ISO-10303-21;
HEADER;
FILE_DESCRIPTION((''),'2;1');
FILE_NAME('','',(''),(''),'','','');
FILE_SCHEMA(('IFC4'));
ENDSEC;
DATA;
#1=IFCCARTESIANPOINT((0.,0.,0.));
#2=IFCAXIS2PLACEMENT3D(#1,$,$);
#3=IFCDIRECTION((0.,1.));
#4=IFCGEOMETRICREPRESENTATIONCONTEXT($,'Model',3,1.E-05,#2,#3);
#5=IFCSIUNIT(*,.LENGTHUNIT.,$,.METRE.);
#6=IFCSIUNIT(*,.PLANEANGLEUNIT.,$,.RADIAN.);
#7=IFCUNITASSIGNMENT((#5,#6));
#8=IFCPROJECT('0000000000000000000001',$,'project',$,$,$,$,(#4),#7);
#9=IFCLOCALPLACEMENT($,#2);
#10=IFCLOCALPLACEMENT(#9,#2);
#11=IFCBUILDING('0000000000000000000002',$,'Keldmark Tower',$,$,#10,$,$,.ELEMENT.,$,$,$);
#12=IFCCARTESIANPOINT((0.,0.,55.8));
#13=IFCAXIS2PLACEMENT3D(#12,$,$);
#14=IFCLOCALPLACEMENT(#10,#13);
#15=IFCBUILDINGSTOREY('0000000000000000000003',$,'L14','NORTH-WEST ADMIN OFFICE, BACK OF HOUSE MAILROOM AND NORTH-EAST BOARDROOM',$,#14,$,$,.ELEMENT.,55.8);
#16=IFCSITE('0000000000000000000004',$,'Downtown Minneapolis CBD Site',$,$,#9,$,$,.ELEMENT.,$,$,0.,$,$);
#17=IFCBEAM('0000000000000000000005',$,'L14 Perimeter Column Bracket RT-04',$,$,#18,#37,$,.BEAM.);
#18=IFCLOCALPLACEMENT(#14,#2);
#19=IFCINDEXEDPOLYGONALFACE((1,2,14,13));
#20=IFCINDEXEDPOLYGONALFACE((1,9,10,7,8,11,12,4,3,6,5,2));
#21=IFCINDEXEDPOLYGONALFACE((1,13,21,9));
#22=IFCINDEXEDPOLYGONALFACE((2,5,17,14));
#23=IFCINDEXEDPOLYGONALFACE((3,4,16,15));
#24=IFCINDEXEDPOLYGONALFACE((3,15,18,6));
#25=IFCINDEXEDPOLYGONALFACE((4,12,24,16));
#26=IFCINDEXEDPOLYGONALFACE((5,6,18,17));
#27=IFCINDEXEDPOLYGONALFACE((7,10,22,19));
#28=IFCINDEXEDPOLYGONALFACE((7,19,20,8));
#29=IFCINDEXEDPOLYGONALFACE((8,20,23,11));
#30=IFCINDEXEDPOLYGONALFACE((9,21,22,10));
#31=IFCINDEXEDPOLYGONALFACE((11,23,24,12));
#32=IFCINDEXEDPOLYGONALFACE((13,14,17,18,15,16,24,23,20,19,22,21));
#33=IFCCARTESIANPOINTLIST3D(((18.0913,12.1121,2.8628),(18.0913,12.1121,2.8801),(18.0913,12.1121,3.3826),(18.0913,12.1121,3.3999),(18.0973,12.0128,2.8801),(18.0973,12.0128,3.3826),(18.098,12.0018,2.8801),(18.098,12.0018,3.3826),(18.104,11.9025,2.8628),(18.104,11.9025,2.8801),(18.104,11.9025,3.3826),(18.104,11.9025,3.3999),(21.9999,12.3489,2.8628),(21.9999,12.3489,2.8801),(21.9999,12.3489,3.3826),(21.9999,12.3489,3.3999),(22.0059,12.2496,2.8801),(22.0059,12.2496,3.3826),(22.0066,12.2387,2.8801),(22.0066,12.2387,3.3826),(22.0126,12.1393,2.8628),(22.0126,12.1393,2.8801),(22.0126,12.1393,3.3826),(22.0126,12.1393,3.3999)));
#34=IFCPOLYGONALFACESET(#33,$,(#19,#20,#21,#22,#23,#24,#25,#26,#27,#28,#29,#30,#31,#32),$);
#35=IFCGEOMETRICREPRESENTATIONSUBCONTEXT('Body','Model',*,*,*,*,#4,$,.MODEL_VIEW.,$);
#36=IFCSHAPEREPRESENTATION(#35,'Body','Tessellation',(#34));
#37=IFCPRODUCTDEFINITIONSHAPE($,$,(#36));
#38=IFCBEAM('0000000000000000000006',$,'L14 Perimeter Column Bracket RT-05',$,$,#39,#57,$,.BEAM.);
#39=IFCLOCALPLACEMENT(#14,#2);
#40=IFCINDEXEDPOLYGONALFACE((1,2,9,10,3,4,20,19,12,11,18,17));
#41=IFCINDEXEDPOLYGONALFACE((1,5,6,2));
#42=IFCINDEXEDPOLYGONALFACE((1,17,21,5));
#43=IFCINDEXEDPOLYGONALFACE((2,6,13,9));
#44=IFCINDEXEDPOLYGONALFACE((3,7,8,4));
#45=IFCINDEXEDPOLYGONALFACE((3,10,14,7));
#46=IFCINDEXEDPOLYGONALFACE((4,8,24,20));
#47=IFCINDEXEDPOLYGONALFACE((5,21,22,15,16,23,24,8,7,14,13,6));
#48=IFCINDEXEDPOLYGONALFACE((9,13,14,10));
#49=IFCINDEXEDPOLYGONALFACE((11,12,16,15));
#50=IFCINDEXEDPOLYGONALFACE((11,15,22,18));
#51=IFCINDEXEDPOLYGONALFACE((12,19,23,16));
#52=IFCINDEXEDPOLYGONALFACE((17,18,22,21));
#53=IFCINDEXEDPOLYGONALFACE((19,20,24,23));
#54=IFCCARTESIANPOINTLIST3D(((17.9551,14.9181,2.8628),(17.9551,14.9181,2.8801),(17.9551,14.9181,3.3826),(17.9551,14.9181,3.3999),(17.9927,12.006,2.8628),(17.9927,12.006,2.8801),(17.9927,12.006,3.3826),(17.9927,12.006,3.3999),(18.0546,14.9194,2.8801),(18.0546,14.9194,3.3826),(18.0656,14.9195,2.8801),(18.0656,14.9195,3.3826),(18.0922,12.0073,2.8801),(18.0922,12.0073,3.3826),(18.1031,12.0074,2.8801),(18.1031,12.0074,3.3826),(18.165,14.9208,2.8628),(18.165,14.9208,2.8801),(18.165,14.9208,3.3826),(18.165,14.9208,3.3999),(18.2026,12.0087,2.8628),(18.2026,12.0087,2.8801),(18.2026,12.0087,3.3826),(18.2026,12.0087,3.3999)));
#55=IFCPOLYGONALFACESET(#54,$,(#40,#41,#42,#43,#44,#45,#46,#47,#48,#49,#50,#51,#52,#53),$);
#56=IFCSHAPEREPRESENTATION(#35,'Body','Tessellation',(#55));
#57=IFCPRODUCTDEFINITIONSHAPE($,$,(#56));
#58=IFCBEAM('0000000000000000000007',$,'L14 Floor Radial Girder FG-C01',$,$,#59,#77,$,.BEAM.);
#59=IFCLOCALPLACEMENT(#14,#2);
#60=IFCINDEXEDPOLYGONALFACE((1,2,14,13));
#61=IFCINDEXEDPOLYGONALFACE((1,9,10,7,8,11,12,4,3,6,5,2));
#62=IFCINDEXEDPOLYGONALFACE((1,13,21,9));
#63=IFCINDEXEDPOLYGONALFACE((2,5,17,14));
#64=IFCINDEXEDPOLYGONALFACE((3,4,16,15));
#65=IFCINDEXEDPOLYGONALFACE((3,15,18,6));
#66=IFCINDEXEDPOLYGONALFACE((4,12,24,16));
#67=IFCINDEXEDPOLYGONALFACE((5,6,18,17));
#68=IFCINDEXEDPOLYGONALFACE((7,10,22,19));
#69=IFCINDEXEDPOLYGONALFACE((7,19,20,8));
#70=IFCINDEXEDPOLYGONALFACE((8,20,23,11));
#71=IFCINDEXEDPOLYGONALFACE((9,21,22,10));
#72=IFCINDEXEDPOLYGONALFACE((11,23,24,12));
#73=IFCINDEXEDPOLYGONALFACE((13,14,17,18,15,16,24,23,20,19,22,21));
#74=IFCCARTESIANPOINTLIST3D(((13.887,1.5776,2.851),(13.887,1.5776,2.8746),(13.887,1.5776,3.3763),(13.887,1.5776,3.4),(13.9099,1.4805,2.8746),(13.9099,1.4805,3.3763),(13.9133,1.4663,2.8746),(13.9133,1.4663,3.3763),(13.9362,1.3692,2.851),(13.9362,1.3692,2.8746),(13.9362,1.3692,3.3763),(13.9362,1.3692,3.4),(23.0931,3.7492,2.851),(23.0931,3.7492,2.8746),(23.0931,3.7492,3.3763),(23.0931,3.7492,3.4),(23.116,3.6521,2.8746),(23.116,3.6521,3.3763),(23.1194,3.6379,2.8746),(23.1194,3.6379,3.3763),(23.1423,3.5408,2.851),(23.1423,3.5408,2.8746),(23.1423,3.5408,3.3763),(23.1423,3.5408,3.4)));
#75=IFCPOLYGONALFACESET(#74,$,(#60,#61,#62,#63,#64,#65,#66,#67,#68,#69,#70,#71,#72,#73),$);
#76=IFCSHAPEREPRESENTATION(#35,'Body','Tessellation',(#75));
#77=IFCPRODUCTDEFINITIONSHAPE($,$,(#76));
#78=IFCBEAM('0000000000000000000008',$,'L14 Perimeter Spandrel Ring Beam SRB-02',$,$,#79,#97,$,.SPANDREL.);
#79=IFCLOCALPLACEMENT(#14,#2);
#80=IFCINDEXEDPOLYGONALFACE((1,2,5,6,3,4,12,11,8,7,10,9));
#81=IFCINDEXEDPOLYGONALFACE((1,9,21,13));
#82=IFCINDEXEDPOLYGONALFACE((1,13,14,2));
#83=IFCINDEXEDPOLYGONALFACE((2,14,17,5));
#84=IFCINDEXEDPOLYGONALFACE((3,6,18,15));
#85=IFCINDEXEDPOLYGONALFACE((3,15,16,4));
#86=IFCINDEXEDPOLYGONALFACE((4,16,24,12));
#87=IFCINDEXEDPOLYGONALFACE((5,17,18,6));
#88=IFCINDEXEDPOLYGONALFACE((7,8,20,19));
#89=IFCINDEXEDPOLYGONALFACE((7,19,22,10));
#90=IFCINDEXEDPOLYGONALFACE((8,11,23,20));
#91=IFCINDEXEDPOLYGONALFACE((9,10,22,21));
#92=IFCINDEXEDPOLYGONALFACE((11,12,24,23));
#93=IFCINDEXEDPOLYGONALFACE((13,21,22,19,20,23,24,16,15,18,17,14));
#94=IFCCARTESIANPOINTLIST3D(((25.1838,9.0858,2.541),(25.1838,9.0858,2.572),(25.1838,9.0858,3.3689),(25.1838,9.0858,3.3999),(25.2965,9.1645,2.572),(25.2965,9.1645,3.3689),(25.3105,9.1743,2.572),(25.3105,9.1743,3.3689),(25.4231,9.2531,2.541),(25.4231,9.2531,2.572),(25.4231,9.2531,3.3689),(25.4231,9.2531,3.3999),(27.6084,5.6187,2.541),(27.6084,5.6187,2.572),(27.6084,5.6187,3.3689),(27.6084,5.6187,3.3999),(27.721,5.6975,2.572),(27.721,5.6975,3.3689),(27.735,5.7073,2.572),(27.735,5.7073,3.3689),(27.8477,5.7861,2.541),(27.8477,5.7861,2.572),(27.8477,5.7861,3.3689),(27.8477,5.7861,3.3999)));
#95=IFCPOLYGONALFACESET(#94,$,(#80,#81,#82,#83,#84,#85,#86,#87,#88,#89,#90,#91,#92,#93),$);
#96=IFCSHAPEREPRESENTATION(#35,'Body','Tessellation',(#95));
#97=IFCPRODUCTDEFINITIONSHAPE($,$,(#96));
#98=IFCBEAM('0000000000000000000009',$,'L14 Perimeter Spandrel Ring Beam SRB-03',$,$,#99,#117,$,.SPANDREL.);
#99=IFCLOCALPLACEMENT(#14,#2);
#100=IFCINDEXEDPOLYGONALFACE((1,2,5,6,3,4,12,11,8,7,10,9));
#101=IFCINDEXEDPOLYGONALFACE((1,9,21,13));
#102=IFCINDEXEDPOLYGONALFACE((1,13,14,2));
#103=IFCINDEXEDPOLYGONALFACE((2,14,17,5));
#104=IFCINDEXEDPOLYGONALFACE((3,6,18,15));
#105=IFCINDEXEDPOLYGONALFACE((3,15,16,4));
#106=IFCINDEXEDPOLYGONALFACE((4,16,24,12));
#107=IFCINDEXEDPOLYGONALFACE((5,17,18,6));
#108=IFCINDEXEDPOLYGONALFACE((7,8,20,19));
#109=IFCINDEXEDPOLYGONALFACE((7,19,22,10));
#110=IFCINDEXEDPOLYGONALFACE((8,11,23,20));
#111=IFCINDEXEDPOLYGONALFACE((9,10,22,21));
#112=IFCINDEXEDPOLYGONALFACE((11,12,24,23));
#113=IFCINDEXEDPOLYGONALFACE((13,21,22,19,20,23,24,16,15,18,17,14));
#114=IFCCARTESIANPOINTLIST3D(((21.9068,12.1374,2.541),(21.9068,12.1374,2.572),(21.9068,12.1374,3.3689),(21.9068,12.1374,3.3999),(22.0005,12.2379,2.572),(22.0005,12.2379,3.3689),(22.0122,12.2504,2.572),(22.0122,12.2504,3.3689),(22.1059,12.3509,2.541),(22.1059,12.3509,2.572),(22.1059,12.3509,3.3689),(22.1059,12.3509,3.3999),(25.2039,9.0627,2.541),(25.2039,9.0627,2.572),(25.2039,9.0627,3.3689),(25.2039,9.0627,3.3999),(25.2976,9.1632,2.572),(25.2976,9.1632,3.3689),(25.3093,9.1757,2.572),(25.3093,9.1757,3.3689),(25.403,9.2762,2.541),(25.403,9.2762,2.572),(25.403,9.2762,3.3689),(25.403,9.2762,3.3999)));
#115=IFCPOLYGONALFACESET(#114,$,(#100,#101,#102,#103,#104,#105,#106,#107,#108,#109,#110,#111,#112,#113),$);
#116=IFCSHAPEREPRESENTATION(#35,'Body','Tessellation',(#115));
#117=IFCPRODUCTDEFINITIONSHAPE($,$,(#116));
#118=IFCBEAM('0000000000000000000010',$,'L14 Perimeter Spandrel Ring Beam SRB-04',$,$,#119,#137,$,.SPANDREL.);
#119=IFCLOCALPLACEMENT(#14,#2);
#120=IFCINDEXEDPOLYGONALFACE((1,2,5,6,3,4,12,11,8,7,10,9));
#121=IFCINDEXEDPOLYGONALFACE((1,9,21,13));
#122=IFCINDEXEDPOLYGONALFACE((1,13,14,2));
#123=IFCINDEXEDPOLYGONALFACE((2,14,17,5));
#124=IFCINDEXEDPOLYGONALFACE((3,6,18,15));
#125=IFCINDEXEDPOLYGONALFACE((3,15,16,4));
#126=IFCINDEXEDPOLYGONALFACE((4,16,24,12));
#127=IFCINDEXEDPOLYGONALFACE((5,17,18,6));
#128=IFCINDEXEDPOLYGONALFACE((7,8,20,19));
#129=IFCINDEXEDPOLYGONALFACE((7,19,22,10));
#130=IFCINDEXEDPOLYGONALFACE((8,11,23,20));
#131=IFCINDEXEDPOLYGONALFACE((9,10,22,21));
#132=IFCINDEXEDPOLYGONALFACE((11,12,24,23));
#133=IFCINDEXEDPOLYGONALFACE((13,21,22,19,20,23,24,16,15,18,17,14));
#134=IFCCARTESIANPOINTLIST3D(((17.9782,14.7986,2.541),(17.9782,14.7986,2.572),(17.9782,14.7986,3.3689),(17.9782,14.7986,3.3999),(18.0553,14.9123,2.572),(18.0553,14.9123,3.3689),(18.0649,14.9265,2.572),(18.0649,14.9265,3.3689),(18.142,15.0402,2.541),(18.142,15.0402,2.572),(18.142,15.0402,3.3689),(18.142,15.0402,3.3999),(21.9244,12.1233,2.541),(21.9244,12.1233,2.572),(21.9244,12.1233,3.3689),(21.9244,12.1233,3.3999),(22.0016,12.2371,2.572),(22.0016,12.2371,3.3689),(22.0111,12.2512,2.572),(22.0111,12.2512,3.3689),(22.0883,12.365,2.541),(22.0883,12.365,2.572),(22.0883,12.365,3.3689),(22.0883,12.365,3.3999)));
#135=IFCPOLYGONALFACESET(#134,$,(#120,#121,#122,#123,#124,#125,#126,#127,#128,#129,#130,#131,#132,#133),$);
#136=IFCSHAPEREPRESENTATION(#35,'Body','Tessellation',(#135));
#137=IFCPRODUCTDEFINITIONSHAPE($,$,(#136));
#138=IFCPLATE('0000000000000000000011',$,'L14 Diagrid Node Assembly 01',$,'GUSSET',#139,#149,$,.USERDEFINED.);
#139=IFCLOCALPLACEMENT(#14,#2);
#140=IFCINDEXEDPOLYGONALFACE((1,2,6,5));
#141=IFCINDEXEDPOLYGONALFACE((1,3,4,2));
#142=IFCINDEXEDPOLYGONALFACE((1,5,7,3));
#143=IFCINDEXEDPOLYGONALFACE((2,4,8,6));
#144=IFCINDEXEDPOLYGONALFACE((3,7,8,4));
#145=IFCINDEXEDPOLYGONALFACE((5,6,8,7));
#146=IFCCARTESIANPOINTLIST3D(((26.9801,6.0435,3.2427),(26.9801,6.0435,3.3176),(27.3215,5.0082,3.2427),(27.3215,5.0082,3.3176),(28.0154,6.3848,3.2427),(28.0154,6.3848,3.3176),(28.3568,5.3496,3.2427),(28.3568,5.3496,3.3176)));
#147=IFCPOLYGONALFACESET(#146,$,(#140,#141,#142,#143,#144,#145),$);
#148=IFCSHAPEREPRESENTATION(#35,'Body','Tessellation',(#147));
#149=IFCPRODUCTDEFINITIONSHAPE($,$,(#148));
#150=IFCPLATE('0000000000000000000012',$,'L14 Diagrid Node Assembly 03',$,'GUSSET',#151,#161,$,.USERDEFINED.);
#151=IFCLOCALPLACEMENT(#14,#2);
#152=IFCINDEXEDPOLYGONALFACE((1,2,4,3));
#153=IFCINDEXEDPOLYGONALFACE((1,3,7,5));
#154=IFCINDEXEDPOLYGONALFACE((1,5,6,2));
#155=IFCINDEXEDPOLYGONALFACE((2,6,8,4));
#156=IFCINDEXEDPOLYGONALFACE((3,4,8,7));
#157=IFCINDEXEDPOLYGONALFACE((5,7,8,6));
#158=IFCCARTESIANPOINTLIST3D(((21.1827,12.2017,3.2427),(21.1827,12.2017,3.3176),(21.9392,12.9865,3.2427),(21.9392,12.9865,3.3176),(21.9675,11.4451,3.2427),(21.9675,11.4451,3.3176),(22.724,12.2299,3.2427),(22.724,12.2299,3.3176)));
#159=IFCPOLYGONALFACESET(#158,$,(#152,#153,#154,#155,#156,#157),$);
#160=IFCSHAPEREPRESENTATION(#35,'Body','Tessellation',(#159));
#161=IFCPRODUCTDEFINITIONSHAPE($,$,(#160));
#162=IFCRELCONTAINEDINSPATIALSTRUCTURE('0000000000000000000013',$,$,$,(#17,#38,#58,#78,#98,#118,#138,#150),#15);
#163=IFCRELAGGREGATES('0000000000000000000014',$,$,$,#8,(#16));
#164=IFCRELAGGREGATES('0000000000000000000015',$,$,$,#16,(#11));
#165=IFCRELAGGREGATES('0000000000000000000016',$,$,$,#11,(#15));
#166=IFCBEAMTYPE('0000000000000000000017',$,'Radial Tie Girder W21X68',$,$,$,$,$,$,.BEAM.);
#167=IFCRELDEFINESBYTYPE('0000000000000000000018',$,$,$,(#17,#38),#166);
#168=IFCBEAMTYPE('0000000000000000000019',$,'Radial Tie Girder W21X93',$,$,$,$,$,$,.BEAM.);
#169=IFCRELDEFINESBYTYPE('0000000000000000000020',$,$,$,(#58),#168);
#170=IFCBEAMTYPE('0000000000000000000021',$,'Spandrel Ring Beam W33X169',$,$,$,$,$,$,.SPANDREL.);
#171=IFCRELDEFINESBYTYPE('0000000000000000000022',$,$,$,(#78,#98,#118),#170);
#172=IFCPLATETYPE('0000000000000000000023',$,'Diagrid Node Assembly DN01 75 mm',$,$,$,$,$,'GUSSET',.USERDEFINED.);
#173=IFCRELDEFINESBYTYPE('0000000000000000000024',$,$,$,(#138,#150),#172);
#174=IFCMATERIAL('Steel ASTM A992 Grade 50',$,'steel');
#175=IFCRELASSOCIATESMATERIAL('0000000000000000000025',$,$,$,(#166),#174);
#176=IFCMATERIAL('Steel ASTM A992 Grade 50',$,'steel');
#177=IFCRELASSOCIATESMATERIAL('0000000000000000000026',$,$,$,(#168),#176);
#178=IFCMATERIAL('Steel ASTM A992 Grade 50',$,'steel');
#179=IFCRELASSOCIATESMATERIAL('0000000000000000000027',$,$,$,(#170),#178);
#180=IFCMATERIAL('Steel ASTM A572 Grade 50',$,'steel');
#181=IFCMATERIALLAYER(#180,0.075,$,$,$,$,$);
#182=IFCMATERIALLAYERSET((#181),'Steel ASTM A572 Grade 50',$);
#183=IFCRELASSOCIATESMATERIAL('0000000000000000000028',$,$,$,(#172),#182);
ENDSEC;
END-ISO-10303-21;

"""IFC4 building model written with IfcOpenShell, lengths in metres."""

from ifc_helpers import new_model, si_unit, direction, frame, origin, origin_2d, place, context, subcontext, project, spatial, rectangle, i_section, extrude, material, layer, layer_set, material_profile, profile_set, type_object, element, save


model = new_model("IFC4")

# Units and contexts
model_context = context("Model", 3, precision=1e-05, world=origin(), true_north=direction((0.0, 1.0)))
body_context = subcontext(model_context, "Body", "Model", "MODEL_VIEW")
ifc_project = project(units=[si_unit("LENGTHUNIT", "METRE"), si_unit("PLANEANGLEUNIT", "RADIAN")], contexts=[model_context])

# Site, building, storey
site_placement = place(None, origin())
site = spatial("IfcSite", under=ifc_project, at=site_placement, Name="Downtown Minneapolis CBD Site", CompositionType="ELEMENT", RefElevation=0.0)
building_placement = place(site_placement, origin())
building = spatial("IfcBuilding", under=site, at=building_placement, Name="Keldmark Tower", CompositionType="ELEMENT")
storey_placement = place(building_placement, frame((0.0, 0.0, 55.8)))
storey = spatial("IfcBuildingStorey", under=building, at=storey_placement, Name="L14", Description="NORTH-WEST ADMIN OFFICE, BACK OF HOUSE MAILROOM AND NORTH-EAST BOARDROOM", CompositionType="ELEMENT", Elevation=55.8)

# Beams
ifc_material_1 = material(Name="Steel ASTM A992 Grade 50", Category="steel")
ifc_material_profile_1 = material_profile(ifc_material_1, i_section(OverallWidth=0.21, OverallDepth=0.5371, WebThickness=0.011, FlangeThickness=0.0173, at=origin_2d()), Name="W21X68")
ifc_profile_set_1 = profile_set([ifc_material_profile_1], Name="Steel ASTM A992 Grade 50")
beam_type_1 = type_object("IfcBeamType", Name="Radial Tie Girder W21X68", PredefinedType="BEAM", material=ifc_profile_set_1)
beam_1_placement = place(storey_placement, frame((18.0977, 12.0073, 3.1313), z_axis=(0.99817, 0.060476, 0.0), x_axis=(-0.060476, 0.99817, 0.0)))
element("IfcBeam", 1, at=beam_1_placement, inside=storey, type_object=beam_type_1, Name="L14 Perimeter Column Bracket RT-04", PredefinedType="BEAM", context=body_context, shape_type="SweptSolid", body=[
    extrude(i_section(OverallWidth=0.21, OverallDepth=0.5371, WebThickness=0.011, FlangeThickness=0.0173, at=origin_2d()), origin(), (0.0, 0.0, 1.0), 3.9158),
])
beam_2_placement = place(storey_placement, frame((18.0977, 12.0073, 3.1313), z_axis=(-0.01291, 0.999917, 0.0), x_axis=(-0.999917, -0.01291, 0.0)))
element("IfcBeam", 2, at=beam_2_placement, inside=storey, type_object=beam_type_1, Name="L14 Perimeter Column Bracket RT-05", PredefinedType="BEAM", context=body_context, shape_type="SweptSolid", body=[
    extrude(i_section(OverallWidth=0.21, OverallDepth=0.5371, WebThickness=0.011, FlangeThickness=0.0173, at=origin_2d()), origin(), (0.0, 0.0, 1.0), 2.9124),
])
ifc_material_2 = material(Name="Steel ASTM A992 Grade 50", Category="steel")
ifc_material_profile_2 = material_profile(ifc_material_2, i_section(OverallWidth=0.2141, OverallDepth=0.5491, WebThickness=0.0146, FlangeThickness=0.0237, at=origin_2d()), Name="W21X93")
ifc_profile_set_2 = profile_set([ifc_material_profile_2], Name="Steel ASTM A992 Grade 50")
beam_type_2 = type_object("IfcBeamType", Name="Radial Tie Girder W21X93", PredefinedType="BEAM", material=ifc_profile_set_2)
beam_3_placement = place(storey_placement, frame((23.1177, 3.645, 3.1255), z_axis=(-0.973287, -0.22959, 0.0), x_axis=(0.22959, -0.973287, 0.0)))
element("IfcBeam", 3, at=beam_3_placement, inside=storey, type_object=beam_type_2, Name="L14 Floor Radial Girder FG-C01", PredefinedType="BEAM", context=body_context, shape_type="SweptSolid", body=[
    extrude(i_section(OverallWidth=0.2141, OverallDepth=0.5491, WebThickness=0.0146, FlangeThickness=0.0237, at=origin_2d()), origin(), (0.0, 0.0, 1.0), 9.4587),
])
ifc_material_3 = material(Name="Steel ASTM A992 Grade 50", Category="steel")
ifc_material_profile_3 = material_profile(ifc_material_3, i_section(OverallWidth=0.292, OverallDepth=0.8589, WebThickness=0.0171, FlangeThickness=0.031, at=origin_2d()), Name="W33X169")
ifc_profile_set_3 = profile_set([ifc_material_profile_3], Name="Steel ASTM A992 Grade 50")
beam_type_3 = type_object("IfcBeamType", Name="Spandrel Ring Beam W33X169", PredefinedType="SPANDREL", material=ifc_profile_set_3)
beam_4_placement = place(storey_placement, frame((27.728, 5.7024, 2.9705), z_axis=(-0.573087, 0.819495, 0.0), x_axis=(-0.819495, -0.573087, 0.0)))
element("IfcBeam", 4, at=beam_4_placement, inside=storey, type_object=beam_type_3, Name="L14 Perimeter Spandrel Ring Beam SRB-02", PredefinedType="SPANDREL", context=body_context, shape_type="SweptSolid", body=[
    extrude(i_section(OverallWidth=0.292, OverallDepth=0.8589, WebThickness=0.0171, FlangeThickness=0.031, at=origin_2d()), origin(), (0.0, 0.0, 1.0), 4.2307),
])
beam_5_placement = place(storey_placement, frame((25.3035, 9.1694, 2.9705), z_axis=(-0.731343, 0.682009, 0.0), x_axis=(-0.682009, -0.731343, 0.0)))
element("IfcBeam", 5, at=beam_5_placement, inside=storey, type_object=beam_type_3, Name="L14 Perimeter Spandrel Ring Beam SRB-03", PredefinedType="SPANDREL", context=body_context, shape_type="SweptSolid", body=[
    extrude(i_section(OverallWidth=0.292, OverallDepth=0.8589, WebThickness=0.0171, FlangeThickness=0.031, at=origin_2d()), origin(), (0.0, 0.0, 1.0), 4.5083),
])
beam_6_placement = place(storey_placement, frame((22.0063, 12.2441, 2.9705), z_axis=(-0.827724, 0.561136, 0.0), x_axis=(-0.561136, -0.827724, 0.0)))
element("IfcBeam", 6, at=beam_6_placement, inside=storey, type_object=beam_type_3, Name="L14 Perimeter Spandrel Ring Beam SRB-04", PredefinedType="SPANDREL", context=body_context, shape_type="SweptSolid", body=[
    extrude(i_section(OverallWidth=0.292, OverallDepth=0.8589, WebThickness=0.0171, FlangeThickness=0.031, at=origin_2d()), origin(), (0.0, 0.0, 1.0), 4.7676),
])

# Plates
ifc_material_4 = material(Name="Steel ASTM A572 Grade 50", Category="steel")
ifc_layer_1 = layer(ifc_material_4, 0.075)
ifc_layer_set_1 = layer_set([ifc_layer_1], Name="Steel ASTM A572 Grade 50")
plate_type = type_object("IfcPlateType", Name="Diagrid Node Assembly DN01 75 mm", ElementType="GUSSET", PredefinedType="USERDEFINED", material=ifc_layer_set_1)
for number, where, z_axis, x_axis, name in (
    (7, (27.6685, 5.6965, 3.2427), (0.0, 0.0, 1.0), (-0.313164, 0.949699, 0.0), "L14 Diagrid Node Assembly 01"),
    (8, (21.9534, 12.2158, 3.2427), (0.0, 0.0, 1.0), (-0.719946, 0.69403, 0.0), "L14 Diagrid Node Assembly 03"),
):
    element("IfcPlate", number, at=place(storey_placement, frame(where, z_axis=z_axis, x_axis=x_axis)), inside=storey, type_object=plate_type, Name=name, ObjectType="GUSSET", PredefinedType="USERDEFINED", context=body_context, shape_type="SweptSolid", body=[
        extrude(rectangle(XDim=1.0901, YDim=1.0901, at=origin_2d()), origin(), (0.0, 0.0, 1.0), 0.075),
    ])

save(model, "model.ifc")
